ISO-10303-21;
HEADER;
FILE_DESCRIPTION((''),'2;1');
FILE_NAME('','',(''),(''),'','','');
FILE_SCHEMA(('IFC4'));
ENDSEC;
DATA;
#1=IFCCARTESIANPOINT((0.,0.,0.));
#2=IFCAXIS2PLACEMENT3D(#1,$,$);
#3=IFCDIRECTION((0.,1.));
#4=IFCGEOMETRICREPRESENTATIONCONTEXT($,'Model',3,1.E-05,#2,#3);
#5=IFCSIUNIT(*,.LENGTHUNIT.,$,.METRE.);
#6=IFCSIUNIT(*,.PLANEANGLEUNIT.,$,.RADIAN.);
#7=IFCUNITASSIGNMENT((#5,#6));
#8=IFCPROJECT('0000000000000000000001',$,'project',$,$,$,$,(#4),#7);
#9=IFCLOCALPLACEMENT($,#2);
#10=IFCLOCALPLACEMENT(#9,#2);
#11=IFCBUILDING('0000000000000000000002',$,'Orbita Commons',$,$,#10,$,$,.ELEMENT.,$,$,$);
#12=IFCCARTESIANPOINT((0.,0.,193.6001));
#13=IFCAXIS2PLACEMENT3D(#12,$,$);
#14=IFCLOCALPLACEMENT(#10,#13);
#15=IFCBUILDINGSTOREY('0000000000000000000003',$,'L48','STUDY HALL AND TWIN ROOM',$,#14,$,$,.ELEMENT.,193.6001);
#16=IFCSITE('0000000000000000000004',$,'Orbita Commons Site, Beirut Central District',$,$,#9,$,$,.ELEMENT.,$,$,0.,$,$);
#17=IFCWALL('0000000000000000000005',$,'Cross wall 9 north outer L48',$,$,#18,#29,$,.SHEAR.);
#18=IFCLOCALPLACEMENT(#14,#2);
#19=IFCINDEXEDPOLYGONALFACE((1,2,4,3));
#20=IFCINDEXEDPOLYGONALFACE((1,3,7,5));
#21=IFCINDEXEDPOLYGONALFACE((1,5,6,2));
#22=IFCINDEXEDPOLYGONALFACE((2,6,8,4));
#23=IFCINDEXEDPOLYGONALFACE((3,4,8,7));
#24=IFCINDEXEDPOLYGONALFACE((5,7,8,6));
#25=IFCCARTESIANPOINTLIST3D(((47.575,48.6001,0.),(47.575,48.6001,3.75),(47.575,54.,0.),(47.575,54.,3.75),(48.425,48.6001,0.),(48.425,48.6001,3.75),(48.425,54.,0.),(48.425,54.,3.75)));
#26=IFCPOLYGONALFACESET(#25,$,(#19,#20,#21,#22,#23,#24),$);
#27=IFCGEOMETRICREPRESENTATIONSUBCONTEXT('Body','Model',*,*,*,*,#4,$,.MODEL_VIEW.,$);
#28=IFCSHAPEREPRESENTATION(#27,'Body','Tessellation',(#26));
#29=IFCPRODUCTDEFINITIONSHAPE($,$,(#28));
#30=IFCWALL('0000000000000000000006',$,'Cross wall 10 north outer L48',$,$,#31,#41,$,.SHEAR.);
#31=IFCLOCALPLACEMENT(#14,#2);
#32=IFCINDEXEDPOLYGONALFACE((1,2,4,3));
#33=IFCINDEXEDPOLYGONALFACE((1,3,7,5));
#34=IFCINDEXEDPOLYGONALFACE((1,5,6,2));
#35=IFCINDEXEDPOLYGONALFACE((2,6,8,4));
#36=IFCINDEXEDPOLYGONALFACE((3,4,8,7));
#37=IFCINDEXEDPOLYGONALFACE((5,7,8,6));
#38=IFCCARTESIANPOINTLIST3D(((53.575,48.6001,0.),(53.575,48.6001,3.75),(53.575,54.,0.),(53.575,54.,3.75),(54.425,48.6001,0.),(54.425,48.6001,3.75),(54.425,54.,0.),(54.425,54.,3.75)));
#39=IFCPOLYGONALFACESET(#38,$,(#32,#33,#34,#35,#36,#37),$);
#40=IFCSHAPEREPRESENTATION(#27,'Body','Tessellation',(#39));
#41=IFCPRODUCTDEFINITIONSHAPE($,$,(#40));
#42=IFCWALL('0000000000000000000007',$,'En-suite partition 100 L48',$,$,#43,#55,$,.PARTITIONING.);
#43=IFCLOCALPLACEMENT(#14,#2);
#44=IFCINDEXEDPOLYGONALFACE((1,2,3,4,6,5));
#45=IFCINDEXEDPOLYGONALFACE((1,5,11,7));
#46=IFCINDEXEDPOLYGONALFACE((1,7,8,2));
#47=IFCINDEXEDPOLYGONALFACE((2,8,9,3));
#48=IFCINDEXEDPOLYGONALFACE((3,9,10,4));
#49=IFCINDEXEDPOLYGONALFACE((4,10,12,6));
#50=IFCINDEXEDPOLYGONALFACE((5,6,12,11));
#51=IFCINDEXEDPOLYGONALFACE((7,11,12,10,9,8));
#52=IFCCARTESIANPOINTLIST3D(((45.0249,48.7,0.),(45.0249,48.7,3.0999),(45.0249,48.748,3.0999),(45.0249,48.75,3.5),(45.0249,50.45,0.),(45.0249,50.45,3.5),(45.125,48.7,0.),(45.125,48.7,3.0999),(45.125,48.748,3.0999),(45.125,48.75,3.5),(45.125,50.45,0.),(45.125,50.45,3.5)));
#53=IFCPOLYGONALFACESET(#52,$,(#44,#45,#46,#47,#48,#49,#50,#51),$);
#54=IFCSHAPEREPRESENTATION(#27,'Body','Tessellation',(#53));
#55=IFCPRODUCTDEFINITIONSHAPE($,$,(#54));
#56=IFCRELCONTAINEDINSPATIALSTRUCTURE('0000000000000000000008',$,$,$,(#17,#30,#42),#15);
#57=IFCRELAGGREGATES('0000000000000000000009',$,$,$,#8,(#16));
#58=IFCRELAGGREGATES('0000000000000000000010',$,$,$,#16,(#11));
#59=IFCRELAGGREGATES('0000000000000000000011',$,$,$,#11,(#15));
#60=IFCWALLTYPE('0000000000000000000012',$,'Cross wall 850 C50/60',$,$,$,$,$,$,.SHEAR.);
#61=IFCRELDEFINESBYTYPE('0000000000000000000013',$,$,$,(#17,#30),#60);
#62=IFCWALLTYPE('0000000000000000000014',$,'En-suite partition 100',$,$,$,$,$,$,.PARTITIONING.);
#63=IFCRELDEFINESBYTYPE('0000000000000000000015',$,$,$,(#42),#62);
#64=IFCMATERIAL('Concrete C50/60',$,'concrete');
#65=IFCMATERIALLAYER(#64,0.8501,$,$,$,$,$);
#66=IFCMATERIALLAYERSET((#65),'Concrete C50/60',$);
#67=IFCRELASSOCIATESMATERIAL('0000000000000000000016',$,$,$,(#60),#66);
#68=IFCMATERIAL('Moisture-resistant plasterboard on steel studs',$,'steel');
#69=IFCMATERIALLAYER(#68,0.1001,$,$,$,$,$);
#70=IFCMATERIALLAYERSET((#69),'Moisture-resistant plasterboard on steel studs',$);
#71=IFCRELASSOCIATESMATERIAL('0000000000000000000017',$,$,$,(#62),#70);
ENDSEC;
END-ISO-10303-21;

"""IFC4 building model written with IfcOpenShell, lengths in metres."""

from ifc_helpers import new_model, si_unit, direction, frame, frame_2d, origin, place, context, subcontext, project, spatial, polyline, rectangle, outline, extrude, material, layer, layer_set, type_object, element, save


model = new_model("IFC4")

# Units and contexts
model_context = context("Model", 3, precision=1e-05, world=origin(), true_north=direction((0.0, 1.0)))
body_context = subcontext(model_context, "Body", "Model", "MODEL_VIEW")
ifc_project = project(units=[si_unit("LENGTHUNIT", "METRE"), si_unit("PLANEANGLEUNIT", "RADIAN")], contexts=[model_context])

# Site, building, storey
site_placement = place(None, origin())
site = spatial("IfcSite", under=ifc_project, at=site_placement, Name="Orbita Commons Site, Beirut Central District", CompositionType="ELEMENT", RefElevation=0.0)
building_placement = place(site_placement, origin())
building = spatial("IfcBuilding", under=site, at=building_placement, Name="Orbita Commons", CompositionType="ELEMENT")
storey_placement = place(building_placement, frame((0.0, 0.0, 193.6001)))
storey = spatial("IfcBuildingStorey", under=building, at=storey_placement, Name="L48", Description="STUDY HALL AND TWIN ROOM", CompositionType="ELEMENT", Elevation=193.6001)

# Walls
ifc_material_1 = material(Name="Concrete C50/60", Category="concrete")
ifc_layer_1 = layer(ifc_material_1, 0.8501)
ifc_layer_set_1 = layer_set([ifc_layer_1], Name="Concrete C50/60")
wall_type_1 = type_object("IfcWallType", Name="Cross wall 850 C50/60", PredefinedType="SHEAR", material=ifc_layer_set_1)
for number, where, z_axis, x_axis, name in (
    (1, (48.0, 48.6001, 0.0), (0.0, 0.0, 1.0), (0.0, 1.0, 0.0), "Cross wall 9 north outer L48"),
    (2, (54.0, 48.6001, 0.0), (0.0, 0.0, 1.0), (0.0, 1.0, 0.0), "Cross wall 10 north outer L48"),
):
    element("IfcWall", number, at=place(storey_placement, frame(where, z_axis=z_axis, x_axis=x_axis)), inside=storey, type_object=wall_type_1, Name=name, PredefinedType="SHEAR", context=body_context, shape_type="SweptSolid", body=[
        extrude(rectangle(XDim=5.3999, YDim=0.8501, at=frame_2d((2.7, 0.0))), origin(), (0.0, 0.0, 1.0), 3.75),
    ])
ifc_material_2 = material(Name="Moisture-resistant plasterboard on steel studs", Category="steel")
ifc_layer_2 = layer(ifc_material_2, 0.1001)
ifc_layer_set_2 = layer_set([ifc_layer_2], Name="Moisture-resistant plasterboard on steel studs")
wall_type_2 = type_object("IfcWallType", Name="En-suite partition 100", PredefinedType="PARTITIONING", material=ifc_layer_set_2)
wall_1_placement = place(storey_placement, frame((45.075, 50.45, 0.0), z_axis=(0.0, 0.0, 1.0), x_axis=(0.0, -1.0, 0.0)))
element("IfcWall", 3, at=wall_1_placement, inside=storey, type_object=wall_type_2, Name="En-suite partition 100 L48", PredefinedType="PARTITIONING", context=body_context, shape_type="SweptSolid", body=[
    extrude(outline(polyline([(0.0, 0.0), (1.75, 0.0), (1.75, 3.0999), (1.7019, 3.0999), (1.7, 3.5), (0.0, 3.5), (0.0, 0.0)])), frame((0.0, 0.05, 0.0), z_axis=(0.0, -1.0, 0.0), x_axis=(1.0, 0.0, 0.0)), (0.0, 0.0, 1.0), 0.1001),
])

save(model, "model.ifc")
